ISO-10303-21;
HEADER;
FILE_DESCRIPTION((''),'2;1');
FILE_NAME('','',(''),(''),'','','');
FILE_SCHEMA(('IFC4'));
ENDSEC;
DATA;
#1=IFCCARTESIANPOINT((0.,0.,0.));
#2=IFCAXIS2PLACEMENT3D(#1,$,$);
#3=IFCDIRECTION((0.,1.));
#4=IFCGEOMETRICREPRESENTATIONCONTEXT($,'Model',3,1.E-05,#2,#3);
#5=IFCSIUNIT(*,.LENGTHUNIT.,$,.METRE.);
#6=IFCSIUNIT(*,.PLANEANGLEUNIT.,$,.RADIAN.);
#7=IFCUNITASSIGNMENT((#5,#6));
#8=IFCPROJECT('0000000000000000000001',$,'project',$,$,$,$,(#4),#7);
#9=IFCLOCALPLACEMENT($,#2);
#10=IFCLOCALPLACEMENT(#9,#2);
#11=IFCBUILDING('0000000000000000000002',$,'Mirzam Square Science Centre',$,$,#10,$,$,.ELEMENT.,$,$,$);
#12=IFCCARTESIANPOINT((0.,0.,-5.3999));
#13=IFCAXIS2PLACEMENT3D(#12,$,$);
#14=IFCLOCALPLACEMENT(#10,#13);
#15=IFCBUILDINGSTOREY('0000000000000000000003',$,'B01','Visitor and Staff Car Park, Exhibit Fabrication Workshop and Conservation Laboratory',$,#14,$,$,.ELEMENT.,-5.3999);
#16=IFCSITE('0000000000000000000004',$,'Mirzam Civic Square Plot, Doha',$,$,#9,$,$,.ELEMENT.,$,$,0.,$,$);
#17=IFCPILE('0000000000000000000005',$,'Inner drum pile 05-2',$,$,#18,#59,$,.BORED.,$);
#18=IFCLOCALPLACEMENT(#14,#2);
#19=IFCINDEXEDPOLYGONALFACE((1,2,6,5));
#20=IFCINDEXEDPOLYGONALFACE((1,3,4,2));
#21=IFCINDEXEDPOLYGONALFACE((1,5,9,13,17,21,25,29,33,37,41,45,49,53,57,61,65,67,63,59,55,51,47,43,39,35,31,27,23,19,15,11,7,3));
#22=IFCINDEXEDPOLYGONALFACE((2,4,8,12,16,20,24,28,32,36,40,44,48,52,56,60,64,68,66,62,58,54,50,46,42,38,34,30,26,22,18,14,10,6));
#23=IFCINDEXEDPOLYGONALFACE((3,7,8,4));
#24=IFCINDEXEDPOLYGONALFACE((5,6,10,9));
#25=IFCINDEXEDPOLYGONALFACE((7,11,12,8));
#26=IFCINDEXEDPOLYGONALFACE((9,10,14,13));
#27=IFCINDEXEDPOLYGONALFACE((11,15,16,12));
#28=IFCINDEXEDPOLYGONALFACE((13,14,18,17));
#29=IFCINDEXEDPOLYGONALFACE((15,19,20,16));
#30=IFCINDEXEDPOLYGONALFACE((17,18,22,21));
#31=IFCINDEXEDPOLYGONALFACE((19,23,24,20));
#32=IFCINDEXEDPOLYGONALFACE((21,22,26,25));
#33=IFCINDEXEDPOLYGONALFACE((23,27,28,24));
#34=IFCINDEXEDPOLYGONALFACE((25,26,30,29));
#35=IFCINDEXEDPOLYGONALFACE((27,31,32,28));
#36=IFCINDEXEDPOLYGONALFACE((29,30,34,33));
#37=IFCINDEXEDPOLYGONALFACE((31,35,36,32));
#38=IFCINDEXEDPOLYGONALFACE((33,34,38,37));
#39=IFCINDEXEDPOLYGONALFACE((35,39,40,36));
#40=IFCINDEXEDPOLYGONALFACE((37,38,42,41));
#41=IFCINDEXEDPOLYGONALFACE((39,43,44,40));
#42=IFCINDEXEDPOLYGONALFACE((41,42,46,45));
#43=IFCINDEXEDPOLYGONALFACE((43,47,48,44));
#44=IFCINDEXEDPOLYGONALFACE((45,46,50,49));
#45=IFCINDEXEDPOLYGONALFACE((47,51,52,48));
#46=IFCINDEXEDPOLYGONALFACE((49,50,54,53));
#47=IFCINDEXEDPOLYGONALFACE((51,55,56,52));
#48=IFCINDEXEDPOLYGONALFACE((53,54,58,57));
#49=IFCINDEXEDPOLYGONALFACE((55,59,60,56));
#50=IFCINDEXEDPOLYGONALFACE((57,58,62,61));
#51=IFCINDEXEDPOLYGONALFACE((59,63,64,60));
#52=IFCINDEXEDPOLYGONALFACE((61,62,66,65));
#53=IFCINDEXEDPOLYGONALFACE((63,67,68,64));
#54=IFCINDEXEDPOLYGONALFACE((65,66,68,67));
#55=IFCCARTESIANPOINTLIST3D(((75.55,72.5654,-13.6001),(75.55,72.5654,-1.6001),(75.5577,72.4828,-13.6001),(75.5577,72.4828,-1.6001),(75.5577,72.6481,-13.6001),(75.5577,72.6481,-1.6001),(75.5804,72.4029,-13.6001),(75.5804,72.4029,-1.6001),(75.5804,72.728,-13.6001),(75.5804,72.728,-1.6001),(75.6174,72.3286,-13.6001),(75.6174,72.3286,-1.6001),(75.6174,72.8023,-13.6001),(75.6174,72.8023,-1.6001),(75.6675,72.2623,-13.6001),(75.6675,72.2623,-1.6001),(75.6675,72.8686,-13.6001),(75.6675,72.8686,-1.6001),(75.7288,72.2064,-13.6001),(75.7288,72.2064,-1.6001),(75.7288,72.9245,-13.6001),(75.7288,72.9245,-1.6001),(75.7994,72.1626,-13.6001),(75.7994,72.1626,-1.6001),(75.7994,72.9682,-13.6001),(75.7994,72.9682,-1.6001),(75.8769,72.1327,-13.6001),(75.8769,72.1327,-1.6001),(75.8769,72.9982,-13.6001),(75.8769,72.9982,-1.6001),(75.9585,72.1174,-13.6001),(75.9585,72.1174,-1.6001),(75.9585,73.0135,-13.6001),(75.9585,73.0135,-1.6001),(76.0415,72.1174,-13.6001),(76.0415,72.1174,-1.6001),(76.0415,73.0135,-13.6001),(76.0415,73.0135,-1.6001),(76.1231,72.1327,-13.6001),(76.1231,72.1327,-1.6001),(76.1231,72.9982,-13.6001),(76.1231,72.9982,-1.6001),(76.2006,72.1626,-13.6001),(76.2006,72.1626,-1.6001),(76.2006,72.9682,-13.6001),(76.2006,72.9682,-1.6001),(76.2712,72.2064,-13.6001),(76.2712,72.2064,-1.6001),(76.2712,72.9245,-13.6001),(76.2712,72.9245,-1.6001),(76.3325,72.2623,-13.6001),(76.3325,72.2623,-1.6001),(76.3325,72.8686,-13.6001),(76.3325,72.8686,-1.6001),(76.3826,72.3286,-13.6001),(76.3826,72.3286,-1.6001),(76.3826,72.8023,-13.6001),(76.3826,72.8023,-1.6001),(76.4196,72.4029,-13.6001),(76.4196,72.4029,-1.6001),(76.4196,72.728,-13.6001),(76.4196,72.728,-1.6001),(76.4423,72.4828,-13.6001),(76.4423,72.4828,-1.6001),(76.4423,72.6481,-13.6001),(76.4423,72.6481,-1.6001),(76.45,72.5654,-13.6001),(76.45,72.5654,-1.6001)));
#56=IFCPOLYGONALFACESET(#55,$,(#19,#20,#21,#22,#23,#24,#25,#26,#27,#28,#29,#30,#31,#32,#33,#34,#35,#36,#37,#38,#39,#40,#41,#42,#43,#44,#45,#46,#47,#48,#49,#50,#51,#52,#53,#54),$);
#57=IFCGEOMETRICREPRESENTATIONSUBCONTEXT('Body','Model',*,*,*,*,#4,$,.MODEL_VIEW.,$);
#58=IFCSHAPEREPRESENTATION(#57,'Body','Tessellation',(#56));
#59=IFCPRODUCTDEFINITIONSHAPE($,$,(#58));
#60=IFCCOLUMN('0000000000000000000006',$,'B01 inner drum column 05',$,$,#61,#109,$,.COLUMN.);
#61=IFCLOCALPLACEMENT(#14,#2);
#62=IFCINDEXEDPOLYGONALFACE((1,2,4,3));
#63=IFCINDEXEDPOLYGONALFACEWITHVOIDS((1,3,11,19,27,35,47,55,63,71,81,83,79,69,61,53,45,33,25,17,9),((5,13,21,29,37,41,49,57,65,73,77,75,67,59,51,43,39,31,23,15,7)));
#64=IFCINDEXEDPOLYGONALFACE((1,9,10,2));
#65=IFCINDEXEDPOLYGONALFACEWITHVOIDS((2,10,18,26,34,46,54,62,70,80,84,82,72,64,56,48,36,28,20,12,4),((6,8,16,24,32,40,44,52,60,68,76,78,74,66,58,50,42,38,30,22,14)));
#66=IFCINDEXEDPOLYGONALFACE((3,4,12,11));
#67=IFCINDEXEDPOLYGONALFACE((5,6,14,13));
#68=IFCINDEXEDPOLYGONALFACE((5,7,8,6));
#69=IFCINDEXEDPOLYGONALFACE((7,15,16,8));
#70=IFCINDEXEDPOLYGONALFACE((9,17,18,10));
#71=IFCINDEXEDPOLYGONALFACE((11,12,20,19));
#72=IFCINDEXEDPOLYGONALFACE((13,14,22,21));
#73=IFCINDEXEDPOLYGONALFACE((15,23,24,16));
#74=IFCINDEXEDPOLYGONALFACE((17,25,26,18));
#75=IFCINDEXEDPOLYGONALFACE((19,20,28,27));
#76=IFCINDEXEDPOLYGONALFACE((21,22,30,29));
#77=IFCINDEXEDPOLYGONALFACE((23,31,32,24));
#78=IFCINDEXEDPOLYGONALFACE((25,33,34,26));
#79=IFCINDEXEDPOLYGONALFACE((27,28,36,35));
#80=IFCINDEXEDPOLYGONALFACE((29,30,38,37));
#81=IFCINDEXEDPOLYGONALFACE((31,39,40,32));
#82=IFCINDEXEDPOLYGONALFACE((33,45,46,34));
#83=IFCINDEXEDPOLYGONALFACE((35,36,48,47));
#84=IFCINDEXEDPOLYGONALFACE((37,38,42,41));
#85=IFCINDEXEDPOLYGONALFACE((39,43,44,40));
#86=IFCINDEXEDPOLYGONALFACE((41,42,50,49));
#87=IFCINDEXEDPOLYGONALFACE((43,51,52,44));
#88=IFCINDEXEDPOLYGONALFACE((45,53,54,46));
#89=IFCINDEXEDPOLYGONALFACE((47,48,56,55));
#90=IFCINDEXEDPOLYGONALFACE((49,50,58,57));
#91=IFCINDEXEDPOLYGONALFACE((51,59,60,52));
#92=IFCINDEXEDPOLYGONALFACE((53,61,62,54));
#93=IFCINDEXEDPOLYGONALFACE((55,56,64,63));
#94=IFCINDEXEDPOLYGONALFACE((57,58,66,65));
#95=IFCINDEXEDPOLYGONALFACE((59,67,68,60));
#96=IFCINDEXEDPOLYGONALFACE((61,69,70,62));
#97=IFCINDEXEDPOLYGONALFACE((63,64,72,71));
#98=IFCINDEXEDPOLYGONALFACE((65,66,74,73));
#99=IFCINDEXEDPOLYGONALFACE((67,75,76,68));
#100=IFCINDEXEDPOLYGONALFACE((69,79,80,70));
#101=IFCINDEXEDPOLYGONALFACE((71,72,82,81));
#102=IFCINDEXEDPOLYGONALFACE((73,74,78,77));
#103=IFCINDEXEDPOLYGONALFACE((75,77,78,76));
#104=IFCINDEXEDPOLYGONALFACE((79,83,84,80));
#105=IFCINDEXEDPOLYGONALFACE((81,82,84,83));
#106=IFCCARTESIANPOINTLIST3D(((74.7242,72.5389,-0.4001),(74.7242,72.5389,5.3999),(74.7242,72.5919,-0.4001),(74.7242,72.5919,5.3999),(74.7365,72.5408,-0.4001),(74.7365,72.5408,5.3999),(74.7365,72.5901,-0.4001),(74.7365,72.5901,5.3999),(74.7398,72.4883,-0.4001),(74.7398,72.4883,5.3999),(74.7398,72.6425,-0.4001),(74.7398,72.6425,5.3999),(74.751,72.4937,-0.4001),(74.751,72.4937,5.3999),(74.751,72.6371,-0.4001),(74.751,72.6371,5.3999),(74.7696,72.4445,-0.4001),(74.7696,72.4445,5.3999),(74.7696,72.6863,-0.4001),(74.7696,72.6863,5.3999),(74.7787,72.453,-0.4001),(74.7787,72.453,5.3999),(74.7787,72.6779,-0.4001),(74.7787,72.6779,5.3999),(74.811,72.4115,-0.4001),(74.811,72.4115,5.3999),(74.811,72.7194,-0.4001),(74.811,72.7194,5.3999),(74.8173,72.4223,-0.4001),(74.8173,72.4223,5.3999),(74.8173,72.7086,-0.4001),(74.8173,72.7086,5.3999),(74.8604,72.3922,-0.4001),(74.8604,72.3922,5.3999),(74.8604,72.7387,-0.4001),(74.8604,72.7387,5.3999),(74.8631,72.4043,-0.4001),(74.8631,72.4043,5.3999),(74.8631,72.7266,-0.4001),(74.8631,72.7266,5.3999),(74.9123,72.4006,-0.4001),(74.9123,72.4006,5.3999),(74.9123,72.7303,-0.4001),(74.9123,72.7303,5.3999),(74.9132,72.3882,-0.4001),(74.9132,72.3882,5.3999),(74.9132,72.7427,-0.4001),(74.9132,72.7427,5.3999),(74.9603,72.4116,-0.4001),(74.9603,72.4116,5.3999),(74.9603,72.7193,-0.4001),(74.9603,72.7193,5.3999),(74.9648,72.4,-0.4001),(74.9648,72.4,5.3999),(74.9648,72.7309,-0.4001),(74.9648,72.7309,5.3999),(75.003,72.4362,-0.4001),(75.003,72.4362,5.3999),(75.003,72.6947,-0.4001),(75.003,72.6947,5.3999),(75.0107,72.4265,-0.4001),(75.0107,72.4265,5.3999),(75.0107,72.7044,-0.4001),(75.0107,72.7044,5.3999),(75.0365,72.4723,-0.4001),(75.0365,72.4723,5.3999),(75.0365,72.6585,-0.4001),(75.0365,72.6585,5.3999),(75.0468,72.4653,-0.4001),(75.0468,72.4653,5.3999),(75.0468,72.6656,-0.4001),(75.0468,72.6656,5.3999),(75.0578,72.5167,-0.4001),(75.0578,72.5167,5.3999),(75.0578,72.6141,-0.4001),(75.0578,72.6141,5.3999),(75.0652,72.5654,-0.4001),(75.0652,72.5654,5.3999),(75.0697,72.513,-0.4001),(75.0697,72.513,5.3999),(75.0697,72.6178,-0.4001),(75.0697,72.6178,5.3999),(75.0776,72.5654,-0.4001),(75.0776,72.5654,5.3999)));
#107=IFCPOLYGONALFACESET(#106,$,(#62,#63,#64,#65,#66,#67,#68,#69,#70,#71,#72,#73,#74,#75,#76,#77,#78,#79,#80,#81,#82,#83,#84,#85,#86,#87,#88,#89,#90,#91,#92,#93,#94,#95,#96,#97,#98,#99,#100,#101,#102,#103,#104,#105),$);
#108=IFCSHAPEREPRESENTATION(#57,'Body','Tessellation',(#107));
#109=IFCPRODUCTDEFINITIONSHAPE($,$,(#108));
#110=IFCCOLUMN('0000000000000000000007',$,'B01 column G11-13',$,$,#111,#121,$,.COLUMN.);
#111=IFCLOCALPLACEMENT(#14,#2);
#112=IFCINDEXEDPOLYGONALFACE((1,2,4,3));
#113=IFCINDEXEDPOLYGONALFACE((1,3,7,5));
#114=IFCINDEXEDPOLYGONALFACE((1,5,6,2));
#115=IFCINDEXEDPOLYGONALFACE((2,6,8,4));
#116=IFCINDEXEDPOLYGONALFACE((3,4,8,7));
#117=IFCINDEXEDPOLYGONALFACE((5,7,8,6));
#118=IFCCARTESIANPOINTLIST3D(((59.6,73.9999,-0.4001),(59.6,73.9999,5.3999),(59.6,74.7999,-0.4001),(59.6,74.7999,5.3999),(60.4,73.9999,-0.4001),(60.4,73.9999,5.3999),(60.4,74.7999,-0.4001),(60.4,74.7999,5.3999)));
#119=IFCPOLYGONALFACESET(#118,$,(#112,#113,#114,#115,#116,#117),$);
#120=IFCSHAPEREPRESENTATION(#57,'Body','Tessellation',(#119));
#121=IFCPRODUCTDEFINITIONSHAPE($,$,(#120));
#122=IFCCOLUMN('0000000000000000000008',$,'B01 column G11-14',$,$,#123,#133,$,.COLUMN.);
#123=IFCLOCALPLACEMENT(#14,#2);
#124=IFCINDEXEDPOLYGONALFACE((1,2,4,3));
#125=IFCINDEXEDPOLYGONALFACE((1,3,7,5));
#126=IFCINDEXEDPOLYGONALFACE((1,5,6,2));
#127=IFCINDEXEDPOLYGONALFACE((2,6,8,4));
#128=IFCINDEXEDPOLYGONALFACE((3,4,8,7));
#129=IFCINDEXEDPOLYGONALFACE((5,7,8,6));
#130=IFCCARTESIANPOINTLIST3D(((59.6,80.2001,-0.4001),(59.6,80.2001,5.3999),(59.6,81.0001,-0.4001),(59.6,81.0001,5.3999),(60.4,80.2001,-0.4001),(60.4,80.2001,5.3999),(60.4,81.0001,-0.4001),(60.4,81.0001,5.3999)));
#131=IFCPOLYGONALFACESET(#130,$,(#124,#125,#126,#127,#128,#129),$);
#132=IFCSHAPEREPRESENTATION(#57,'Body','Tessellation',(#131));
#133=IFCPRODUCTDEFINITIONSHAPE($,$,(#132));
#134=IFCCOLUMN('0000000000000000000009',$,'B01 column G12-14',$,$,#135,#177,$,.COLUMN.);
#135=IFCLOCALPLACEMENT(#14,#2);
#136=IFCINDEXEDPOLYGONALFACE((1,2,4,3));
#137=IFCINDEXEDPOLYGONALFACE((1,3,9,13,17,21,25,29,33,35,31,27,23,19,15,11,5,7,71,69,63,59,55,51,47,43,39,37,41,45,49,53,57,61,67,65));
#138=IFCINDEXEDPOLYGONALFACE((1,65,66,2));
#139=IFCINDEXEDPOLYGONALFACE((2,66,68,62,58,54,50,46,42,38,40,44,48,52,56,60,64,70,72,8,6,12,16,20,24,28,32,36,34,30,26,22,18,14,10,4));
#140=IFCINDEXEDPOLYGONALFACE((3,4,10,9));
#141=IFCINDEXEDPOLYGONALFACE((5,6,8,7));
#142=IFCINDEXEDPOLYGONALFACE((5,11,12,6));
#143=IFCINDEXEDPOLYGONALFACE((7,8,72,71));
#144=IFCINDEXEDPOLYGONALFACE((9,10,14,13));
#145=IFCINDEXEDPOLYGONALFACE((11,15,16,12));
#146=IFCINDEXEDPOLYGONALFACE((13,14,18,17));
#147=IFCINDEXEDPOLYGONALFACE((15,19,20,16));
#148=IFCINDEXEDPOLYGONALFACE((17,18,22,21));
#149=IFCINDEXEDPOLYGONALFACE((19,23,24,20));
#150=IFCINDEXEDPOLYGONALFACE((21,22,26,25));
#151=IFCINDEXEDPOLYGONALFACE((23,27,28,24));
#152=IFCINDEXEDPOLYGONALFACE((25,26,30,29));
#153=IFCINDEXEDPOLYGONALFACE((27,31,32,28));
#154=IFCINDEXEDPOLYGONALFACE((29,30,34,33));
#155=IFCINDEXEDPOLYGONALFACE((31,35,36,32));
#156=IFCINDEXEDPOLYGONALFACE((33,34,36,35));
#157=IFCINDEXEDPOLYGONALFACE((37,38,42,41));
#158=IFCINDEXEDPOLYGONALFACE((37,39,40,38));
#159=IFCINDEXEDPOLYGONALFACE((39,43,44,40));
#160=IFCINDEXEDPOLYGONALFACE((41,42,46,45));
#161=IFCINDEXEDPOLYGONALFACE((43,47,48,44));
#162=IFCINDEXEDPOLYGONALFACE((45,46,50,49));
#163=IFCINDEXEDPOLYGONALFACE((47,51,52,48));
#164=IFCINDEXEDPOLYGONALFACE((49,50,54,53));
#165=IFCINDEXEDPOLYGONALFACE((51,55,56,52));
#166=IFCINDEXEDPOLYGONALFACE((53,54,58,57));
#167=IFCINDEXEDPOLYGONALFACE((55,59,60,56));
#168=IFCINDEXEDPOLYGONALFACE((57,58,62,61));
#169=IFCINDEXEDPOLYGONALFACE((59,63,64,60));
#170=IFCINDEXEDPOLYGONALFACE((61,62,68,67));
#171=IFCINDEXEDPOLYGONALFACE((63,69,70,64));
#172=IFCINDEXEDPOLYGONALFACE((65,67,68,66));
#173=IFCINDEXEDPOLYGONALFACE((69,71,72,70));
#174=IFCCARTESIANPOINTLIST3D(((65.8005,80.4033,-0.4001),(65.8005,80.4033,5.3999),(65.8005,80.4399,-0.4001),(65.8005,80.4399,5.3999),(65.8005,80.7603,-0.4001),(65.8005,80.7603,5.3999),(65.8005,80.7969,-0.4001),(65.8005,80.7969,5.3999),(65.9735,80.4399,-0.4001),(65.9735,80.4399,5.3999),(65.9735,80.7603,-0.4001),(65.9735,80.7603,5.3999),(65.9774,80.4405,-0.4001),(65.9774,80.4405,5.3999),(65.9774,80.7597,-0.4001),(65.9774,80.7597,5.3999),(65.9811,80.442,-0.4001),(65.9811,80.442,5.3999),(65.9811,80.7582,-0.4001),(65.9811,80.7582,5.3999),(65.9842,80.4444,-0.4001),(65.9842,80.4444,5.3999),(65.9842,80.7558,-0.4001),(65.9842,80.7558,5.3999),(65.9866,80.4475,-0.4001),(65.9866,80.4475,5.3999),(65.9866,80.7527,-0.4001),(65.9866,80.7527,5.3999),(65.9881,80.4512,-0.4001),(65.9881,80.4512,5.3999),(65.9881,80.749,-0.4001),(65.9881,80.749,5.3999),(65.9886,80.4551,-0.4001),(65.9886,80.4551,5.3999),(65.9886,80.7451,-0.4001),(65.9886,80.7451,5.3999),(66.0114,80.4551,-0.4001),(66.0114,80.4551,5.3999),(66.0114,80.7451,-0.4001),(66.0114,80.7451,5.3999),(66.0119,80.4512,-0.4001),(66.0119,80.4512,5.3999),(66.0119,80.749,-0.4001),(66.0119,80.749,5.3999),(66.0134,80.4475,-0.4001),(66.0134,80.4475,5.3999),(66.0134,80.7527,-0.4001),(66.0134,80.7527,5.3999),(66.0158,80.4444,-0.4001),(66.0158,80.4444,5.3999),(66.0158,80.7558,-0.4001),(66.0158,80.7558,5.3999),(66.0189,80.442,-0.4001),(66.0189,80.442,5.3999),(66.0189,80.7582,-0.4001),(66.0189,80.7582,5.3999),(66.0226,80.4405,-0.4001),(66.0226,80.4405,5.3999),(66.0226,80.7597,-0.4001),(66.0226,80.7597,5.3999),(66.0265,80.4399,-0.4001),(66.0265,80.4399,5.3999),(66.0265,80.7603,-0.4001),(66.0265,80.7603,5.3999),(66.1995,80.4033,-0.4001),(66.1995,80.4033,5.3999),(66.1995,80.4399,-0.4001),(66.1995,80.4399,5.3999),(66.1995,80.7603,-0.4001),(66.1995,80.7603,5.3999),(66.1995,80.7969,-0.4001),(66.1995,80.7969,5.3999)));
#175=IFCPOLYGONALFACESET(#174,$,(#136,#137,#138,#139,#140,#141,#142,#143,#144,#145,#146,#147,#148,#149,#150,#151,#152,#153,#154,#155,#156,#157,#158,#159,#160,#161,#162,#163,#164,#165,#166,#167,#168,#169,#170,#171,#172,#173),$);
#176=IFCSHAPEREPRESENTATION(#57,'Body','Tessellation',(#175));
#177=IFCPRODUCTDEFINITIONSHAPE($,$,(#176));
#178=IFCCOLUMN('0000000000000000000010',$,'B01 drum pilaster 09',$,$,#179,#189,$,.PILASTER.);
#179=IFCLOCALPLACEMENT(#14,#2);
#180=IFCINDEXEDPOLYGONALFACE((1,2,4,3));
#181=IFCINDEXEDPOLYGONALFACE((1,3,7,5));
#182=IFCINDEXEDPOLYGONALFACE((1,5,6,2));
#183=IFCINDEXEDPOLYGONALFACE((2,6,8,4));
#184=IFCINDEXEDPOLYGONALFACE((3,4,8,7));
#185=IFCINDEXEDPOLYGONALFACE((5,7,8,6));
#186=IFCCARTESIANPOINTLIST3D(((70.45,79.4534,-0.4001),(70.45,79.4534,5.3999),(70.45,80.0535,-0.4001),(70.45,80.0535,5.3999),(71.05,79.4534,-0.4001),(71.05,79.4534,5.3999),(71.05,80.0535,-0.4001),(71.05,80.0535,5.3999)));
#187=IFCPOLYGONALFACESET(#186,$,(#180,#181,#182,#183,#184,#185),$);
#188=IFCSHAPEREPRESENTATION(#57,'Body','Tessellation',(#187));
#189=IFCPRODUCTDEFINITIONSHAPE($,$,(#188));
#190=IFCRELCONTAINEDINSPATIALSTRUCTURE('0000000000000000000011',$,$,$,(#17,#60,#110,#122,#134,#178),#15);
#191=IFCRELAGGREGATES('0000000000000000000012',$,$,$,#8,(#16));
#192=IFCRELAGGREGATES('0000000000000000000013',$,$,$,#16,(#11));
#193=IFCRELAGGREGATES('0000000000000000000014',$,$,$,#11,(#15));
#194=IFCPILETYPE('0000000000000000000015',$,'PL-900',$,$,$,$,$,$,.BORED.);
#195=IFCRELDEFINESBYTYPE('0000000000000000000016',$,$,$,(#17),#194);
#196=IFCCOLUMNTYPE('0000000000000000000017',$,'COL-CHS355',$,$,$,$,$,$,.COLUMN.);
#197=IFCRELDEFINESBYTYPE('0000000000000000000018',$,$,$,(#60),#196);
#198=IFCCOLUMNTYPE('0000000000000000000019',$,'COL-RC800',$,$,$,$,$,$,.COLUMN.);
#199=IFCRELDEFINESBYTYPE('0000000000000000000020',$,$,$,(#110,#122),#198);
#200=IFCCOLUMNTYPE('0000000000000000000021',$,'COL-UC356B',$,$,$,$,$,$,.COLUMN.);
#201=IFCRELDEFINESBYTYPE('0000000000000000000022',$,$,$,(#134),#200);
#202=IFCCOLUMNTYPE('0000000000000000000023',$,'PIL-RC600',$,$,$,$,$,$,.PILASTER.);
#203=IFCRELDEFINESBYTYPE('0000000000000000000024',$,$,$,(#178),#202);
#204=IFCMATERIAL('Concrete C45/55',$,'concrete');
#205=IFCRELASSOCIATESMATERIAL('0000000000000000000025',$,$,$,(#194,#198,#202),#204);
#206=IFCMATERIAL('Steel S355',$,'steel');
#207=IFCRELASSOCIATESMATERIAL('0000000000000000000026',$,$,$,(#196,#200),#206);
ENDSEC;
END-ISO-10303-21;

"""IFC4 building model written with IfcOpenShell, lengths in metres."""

from ifc_helpers import new_model, si_unit, direction, frame, origin, origin_2d, place, context, subcontext, project, spatial, rectangle, circle, hollow_circle, i_section, extrude, material, material_profile, profile_set, type_object, element, save


model = new_model("IFC4")

# Units and contexts
model_context = context("Model", 3, precision=1e-05, world=origin(), true_north=direction((0.0, 1.0)))
body_context = subcontext(model_context, "Body", "Model", "MODEL_VIEW")
ifc_project = project(units=[si_unit("LENGTHUNIT", "METRE"), si_unit("PLANEANGLEUNIT", "RADIAN")], contexts=[model_context])

# Site, building, storey
site_placement = place(None, origin())
site = spatial("IfcSite", under=ifc_project, at=site_placement, Name="Mirzam Civic Square Plot, Doha", CompositionType="ELEMENT", RefElevation=0.0)
building_placement = place(site_placement, origin())
building = spatial("IfcBuilding", under=site, at=building_placement, Name="Mirzam Square Science Centre", CompositionType="ELEMENT")
storey_placement = place(building_placement, frame((0.0, 0.0, -5.3999)))
storey = spatial("IfcBuildingStorey", under=building, at=storey_placement, Name="B01", Description="Visitor and Staff Car Park, Exhibit Fabrication Workshop and Conservation Laboratory", CompositionType="ELEMENT", Elevation=-5.3999)

# Shared definitions
ifc_material_1 = material(Name="Concrete C45/55", Category="concrete")

# Pile
ifc_material_profile_1 = material_profile(ifc_material_1, circle(Radius=0.45, at=origin_2d()), Name="PILE-D900")
ifc_profile_set_1 = profile_set([ifc_material_profile_1], Name="Concrete C45/55")
pile_type_1 = type_object("IfcPileType", Name="PL-900", PredefinedType="BORED", material=ifc_profile_set_1)
for number, where, z_axis, x_axis, name in (
    (1, (76.0, 72.5654, -1.6001), (0.0, 0.0, -1.0), (1.0, 0.0, 0.0), "Inner drum pile 05-2"),
):
    element("IfcPile", number, at=place(storey_placement, frame(where, z_axis=z_axis, x_axis=x_axis)), inside=storey, type_object=pile_type_1, Name=name, PredefinedType="BORED", context=body_context, shape_type="SweptSolid", body=[
        extrude(circle(Radius=0.45, at=origin_2d()), origin(), (0.0, 0.0, 1.0), 12.0),
    ])

# Columns
ifc_material_2 = material(Name="Steel S355", Category="steel")
ifc_material_profile_2 = material_profile(ifc_material_2, hollow_circle(Radius=0.1777, WallThickness=0.0125, at=origin_2d()), Name="355.6x12.5CHS")
ifc_profile_set_2 = profile_set([ifc_material_profile_2], Name="Steel S355")
column_type_1 = type_object("IfcColumnType", Name="COL-CHS355", PredefinedType="COLUMN", material=ifc_profile_set_2)
column_1_placement = place(storey_placement, frame((74.8999, 72.5654, -0.4001), z_axis=(0.0, 0.0, 1.0), x_axis=(1.0, 0.0, 0.0)))
element("IfcColumn", 2, at=column_1_placement, inside=storey, type_object=column_type_1, Name="B01 inner drum column 05", PredefinedType="COLUMN", context=body_context, shape_type="SweptSolid", body=[
    extrude(hollow_circle(Radius=0.1777, WallThickness=0.0125, at=origin_2d()), origin(), (0.0, 0.0, 1.0), 5.8),
])
ifc_material_profile_3 = material_profile(ifc_material_1, rectangle(XDim=0.8, YDim=0.8, at=origin_2d()), Name="RC800x800")
ifc_profile_set_3 = profile_set([ifc_material_profile_3], Name="Concrete C45/55")
column_type_2 = type_object("IfcColumnType", Name="COL-RC800", PredefinedType="COLUMN", material=ifc_profile_set_3)
for number, where, z_axis, x_axis, name in (
    (3, (60.0, 74.3999, -0.4001), (0.0, 0.0, 1.0), (1.0, 0.0, 0.0), "B01 column G11-13"),
    (4, (60.0, 80.6001, -0.4001), (0.0, 0.0, 1.0), (1.0, 0.0, 0.0), "B01 column G11-14"),
):
    element("IfcColumn", number, at=place(storey_placement, frame(where, z_axis=z_axis, x_axis=x_axis)), inside=storey, type_object=column_type_2, Name=name, PredefinedType="COLUMN", context=body_context, shape_type="SweptSolid", body=[
        extrude(rectangle(XDim=0.8, YDim=0.8, at=origin_2d()), origin(), (0.0, 0.0, 1.0), 5.8),
    ])
ifc_material_profile_4 = material_profile(ifc_material_2, i_section(OverallWidth=0.3989, OverallDepth=0.3936, WebThickness=0.0227, FlangeThickness=0.0366, FilletRadius=0.0151, at=origin_2d()), Name="356x406x287UC")
ifc_profile_set_4 = profile_set([ifc_material_profile_4], Name="Steel S355")
column_type_3 = type_object("IfcColumnType", Name="COL-UC356B", PredefinedType="COLUMN", material=ifc_profile_set_4)
column_2_placement = place(storey_placement, frame((66.0, 80.6001, -0.4001), z_axis=(0.0, 0.0, 1.0), x_axis=(1.0, 0.0, 0.0)))
element("IfcColumn", 5, at=column_2_placement, inside=storey, type_object=column_type_3, Name="B01 column G12-14", PredefinedType="COLUMN", context=body_context, shape_type="SweptSolid", body=[
    extrude(i_section(OverallWidth=0.3989, OverallDepth=0.3936, WebThickness=0.0227, FlangeThickness=0.0366, FilletRadius=0.0151, at=origin_2d()), origin(), (0.0, 0.0, 1.0), 5.8),
])
ifc_material_profile_5 = material_profile(ifc_material_1, rectangle(XDim=0.6001, YDim=0.6001, at=origin_2d()), Name="RC600x600")
ifc_profile_set_5 = profile_set([ifc_material_profile_5], Name="Concrete C45/55")
column_type_4 = type_object("IfcColumnType", Name="PIL-RC600", PredefinedType="PILASTER", material=ifc_profile_set_5)
column_3_placement = place(storey_placement, frame((70.75, 79.7534, -0.4001), z_axis=(0.0, 0.0, 1.0), x_axis=(1.0, 0.0, 0.0)))
element("IfcColumn", 6, at=column_3_placement, inside=storey, type_object=column_type_4, Name="B01 drum pilaster 09", PredefinedType="PILASTER", context=body_context, shape_type="SweptSolid", body=[
    extrude(rectangle(XDim=0.6001, YDim=0.6001, at=origin_2d()), origin(), (0.0, 0.0, 1.0), 5.8),
])

save(model, "model.ifc")
